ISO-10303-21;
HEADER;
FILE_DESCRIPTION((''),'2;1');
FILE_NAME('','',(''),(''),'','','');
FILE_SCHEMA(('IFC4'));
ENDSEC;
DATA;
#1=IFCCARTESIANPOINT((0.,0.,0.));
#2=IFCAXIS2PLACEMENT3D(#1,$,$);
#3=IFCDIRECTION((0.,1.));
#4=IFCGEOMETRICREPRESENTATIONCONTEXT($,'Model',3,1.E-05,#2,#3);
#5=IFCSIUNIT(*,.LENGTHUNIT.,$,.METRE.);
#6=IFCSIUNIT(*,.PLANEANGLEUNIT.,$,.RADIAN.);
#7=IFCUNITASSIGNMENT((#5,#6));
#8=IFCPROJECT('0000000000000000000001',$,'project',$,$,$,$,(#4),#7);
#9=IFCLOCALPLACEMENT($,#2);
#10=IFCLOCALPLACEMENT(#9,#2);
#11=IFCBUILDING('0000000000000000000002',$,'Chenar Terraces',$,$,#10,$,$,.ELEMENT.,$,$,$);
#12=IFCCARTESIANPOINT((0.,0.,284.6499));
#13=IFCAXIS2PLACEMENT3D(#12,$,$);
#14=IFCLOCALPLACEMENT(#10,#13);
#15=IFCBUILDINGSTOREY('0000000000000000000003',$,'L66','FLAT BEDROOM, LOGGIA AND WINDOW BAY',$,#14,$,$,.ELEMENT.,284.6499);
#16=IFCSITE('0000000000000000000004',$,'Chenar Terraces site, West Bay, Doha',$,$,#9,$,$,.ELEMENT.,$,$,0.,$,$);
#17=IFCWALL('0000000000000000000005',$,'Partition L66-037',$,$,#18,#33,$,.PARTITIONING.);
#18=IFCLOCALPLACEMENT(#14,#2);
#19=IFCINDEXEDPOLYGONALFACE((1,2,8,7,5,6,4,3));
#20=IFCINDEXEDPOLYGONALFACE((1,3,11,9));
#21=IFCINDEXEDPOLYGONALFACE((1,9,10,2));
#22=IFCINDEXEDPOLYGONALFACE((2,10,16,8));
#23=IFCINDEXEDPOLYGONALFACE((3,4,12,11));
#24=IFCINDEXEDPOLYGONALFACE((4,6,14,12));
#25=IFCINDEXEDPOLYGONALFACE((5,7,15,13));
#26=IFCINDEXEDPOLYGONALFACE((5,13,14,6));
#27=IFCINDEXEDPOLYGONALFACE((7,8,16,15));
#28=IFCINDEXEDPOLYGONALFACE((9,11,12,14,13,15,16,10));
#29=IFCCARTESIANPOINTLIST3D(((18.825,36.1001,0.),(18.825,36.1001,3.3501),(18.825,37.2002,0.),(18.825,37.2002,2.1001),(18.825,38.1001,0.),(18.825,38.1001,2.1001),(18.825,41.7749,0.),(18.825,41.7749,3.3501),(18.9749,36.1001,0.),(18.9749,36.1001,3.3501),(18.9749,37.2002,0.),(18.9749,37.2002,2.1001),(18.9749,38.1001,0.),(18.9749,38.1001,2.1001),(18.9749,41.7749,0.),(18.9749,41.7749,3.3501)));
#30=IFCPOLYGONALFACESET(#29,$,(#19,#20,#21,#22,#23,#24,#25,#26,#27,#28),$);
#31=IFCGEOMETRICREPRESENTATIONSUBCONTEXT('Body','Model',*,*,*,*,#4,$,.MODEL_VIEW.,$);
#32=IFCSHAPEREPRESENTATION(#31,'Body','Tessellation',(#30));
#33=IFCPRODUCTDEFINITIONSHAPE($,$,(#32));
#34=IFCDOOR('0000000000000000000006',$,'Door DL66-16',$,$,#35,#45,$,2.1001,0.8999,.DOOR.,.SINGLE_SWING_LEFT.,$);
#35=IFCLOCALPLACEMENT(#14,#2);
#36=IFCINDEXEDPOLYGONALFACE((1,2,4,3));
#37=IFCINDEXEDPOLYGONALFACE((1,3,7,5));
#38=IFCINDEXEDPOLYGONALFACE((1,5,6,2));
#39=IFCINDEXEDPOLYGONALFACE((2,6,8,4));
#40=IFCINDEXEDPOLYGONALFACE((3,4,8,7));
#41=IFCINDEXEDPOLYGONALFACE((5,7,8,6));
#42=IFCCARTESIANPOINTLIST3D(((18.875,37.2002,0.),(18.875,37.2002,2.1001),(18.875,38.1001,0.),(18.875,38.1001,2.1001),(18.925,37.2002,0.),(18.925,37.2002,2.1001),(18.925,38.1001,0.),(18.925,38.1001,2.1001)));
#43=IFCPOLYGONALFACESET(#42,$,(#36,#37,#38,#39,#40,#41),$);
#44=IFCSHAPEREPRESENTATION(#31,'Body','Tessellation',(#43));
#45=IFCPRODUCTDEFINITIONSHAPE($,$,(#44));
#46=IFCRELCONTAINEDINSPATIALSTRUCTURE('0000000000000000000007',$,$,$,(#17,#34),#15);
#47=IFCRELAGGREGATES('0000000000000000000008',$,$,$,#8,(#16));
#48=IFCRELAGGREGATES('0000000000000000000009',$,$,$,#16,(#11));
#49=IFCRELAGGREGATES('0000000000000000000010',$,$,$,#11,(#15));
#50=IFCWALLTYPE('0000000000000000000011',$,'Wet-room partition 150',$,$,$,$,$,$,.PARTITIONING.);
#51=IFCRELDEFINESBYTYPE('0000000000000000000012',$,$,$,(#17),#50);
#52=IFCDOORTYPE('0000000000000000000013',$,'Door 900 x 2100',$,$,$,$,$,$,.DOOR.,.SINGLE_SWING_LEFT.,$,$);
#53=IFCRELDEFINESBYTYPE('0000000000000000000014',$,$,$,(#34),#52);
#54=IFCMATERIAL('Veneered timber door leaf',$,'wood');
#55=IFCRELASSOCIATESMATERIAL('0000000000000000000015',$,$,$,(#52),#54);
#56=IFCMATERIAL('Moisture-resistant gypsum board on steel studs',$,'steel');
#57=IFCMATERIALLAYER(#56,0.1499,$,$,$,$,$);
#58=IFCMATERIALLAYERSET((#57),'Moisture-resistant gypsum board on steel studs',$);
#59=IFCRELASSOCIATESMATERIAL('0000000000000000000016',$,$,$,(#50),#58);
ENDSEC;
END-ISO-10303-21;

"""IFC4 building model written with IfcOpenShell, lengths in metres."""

from ifc_helpers import new_model, si_unit, direction, frame, frame_2d, origin, place, context, subcontext, project, spatial, rectangle, extrude, material, layer, layer_set, type_object, element, fill, save


model = new_model("IFC4")

# Units and contexts
model_context = context("Model", 3, precision=1e-05, world=origin(), true_north=direction((0.0, 1.0)))
body_context = subcontext(model_context, "Body", "Model", "MODEL_VIEW")
ifc_project = project(units=[si_unit("LENGTHUNIT", "METRE"), si_unit("PLANEANGLEUNIT", "RADIAN")], contexts=[model_context])

# Site, building, storey
site_placement = place(None, origin())
site = spatial("IfcSite", under=ifc_project, at=site_placement, Name="Chenar Terraces site, West Bay, Doha", CompositionType="ELEMENT", RefElevation=0.0)
building_placement = place(site_placement, origin())
building = spatial("IfcBuilding", under=site, at=building_placement, Name="Chenar Terraces", CompositionType="ELEMENT")
storey_placement = place(building_placement, frame((0.0, 0.0, 284.6499)))
storey = spatial("IfcBuildingStorey", under=building, at=storey_placement, Name="L66", Description="FLAT BEDROOM, LOGGIA AND WINDOW BAY", CompositionType="ELEMENT", Elevation=284.6499)

# Shared definitions
ifc_material_1 = material(Name="Veneered timber door leaf", Category="wood")
door_type_1 = type_object("IfcDoorType", Name="Door 900 x 2100", OperationType="SINGLE_SWING_LEFT", PredefinedType="DOOR", material=ifc_material_1)

# Shared definitions
ifc_material_2 = material(Name="Moisture-resistant gypsum board on steel studs", Category="steel")
ifc_layer_1 = layer(ifc_material_2, 0.1499)
ifc_layer_set_1 = layer_set([ifc_layer_1], Name="Moisture-resistant gypsum board on steel studs")
wall_type_1 = type_object("IfcWallType", Name="Wet-room partition 150", PredefinedType="PARTITIONING", material=ifc_layer_set_1)

# Wall, opening, door
wall_1_placement = place(storey_placement, frame((18.8999, 36.1001, 0.0), z_axis=(0.0, 0.0, 1.0), x_axis=(0.0, 1.0, 0.0)))
wall_1 = element("IfcWall", 1, at=wall_1_placement, inside=storey, type_object=wall_type_1, Name="Partition L66-037", PredefinedType="PARTITIONING", context=body_context, shape_type="SweptSolid", body=[
    extrude(rectangle(XDim=5.6748, YDim=0.1499, at=frame_2d((2.8374, 0.0))), origin(), (0.0, 0.0, 1.0), 3.3501),
])
opening_1_placement = place(wall_1_placement, frame((1.1001, 0.0, 0.0)))
opening_1 = element("IfcOpeningElement", 2, at=opening_1_placement, cuts=wall_1, PredefinedType="OPENING", context=body_context, shape_type="SweptSolid", body=[
    extrude(rectangle(XDim=0.8999, YDim=2.1001, at=frame_2d((0.45, 1.05))), frame((0.0, 0.085, 0.0), z_axis=(0.0, -1.0, 0.0), x_axis=(1.0, 0.0, 0.0)), (0.0, 0.0, 1.0), 0.1699),
])
door_1_placement = place(opening_1_placement, origin())
door_1 = element("IfcDoor", 3, at=door_1_placement, inside=storey, type_object=door_type_1, Name="Door DL66-16", OperationType="SINGLE_SWING_LEFT", OverallHeight=2.1001, OverallWidth=0.8999, PredefinedType="DOOR", context=body_context, shape_type="SweptSolid", body=[
    extrude(rectangle(XDim=0.8999, YDim=2.1001, at=frame_2d((0.45, 1.05))), frame((0.0, 0.0249, 0.0), z_axis=(0.0, -1.0, 0.0), x_axis=(1.0, 0.0, 0.0)), (0.0, 0.0, 1.0), 0.05),
])
fill(opening_1, door_1)

save(model, "model.ifc")
